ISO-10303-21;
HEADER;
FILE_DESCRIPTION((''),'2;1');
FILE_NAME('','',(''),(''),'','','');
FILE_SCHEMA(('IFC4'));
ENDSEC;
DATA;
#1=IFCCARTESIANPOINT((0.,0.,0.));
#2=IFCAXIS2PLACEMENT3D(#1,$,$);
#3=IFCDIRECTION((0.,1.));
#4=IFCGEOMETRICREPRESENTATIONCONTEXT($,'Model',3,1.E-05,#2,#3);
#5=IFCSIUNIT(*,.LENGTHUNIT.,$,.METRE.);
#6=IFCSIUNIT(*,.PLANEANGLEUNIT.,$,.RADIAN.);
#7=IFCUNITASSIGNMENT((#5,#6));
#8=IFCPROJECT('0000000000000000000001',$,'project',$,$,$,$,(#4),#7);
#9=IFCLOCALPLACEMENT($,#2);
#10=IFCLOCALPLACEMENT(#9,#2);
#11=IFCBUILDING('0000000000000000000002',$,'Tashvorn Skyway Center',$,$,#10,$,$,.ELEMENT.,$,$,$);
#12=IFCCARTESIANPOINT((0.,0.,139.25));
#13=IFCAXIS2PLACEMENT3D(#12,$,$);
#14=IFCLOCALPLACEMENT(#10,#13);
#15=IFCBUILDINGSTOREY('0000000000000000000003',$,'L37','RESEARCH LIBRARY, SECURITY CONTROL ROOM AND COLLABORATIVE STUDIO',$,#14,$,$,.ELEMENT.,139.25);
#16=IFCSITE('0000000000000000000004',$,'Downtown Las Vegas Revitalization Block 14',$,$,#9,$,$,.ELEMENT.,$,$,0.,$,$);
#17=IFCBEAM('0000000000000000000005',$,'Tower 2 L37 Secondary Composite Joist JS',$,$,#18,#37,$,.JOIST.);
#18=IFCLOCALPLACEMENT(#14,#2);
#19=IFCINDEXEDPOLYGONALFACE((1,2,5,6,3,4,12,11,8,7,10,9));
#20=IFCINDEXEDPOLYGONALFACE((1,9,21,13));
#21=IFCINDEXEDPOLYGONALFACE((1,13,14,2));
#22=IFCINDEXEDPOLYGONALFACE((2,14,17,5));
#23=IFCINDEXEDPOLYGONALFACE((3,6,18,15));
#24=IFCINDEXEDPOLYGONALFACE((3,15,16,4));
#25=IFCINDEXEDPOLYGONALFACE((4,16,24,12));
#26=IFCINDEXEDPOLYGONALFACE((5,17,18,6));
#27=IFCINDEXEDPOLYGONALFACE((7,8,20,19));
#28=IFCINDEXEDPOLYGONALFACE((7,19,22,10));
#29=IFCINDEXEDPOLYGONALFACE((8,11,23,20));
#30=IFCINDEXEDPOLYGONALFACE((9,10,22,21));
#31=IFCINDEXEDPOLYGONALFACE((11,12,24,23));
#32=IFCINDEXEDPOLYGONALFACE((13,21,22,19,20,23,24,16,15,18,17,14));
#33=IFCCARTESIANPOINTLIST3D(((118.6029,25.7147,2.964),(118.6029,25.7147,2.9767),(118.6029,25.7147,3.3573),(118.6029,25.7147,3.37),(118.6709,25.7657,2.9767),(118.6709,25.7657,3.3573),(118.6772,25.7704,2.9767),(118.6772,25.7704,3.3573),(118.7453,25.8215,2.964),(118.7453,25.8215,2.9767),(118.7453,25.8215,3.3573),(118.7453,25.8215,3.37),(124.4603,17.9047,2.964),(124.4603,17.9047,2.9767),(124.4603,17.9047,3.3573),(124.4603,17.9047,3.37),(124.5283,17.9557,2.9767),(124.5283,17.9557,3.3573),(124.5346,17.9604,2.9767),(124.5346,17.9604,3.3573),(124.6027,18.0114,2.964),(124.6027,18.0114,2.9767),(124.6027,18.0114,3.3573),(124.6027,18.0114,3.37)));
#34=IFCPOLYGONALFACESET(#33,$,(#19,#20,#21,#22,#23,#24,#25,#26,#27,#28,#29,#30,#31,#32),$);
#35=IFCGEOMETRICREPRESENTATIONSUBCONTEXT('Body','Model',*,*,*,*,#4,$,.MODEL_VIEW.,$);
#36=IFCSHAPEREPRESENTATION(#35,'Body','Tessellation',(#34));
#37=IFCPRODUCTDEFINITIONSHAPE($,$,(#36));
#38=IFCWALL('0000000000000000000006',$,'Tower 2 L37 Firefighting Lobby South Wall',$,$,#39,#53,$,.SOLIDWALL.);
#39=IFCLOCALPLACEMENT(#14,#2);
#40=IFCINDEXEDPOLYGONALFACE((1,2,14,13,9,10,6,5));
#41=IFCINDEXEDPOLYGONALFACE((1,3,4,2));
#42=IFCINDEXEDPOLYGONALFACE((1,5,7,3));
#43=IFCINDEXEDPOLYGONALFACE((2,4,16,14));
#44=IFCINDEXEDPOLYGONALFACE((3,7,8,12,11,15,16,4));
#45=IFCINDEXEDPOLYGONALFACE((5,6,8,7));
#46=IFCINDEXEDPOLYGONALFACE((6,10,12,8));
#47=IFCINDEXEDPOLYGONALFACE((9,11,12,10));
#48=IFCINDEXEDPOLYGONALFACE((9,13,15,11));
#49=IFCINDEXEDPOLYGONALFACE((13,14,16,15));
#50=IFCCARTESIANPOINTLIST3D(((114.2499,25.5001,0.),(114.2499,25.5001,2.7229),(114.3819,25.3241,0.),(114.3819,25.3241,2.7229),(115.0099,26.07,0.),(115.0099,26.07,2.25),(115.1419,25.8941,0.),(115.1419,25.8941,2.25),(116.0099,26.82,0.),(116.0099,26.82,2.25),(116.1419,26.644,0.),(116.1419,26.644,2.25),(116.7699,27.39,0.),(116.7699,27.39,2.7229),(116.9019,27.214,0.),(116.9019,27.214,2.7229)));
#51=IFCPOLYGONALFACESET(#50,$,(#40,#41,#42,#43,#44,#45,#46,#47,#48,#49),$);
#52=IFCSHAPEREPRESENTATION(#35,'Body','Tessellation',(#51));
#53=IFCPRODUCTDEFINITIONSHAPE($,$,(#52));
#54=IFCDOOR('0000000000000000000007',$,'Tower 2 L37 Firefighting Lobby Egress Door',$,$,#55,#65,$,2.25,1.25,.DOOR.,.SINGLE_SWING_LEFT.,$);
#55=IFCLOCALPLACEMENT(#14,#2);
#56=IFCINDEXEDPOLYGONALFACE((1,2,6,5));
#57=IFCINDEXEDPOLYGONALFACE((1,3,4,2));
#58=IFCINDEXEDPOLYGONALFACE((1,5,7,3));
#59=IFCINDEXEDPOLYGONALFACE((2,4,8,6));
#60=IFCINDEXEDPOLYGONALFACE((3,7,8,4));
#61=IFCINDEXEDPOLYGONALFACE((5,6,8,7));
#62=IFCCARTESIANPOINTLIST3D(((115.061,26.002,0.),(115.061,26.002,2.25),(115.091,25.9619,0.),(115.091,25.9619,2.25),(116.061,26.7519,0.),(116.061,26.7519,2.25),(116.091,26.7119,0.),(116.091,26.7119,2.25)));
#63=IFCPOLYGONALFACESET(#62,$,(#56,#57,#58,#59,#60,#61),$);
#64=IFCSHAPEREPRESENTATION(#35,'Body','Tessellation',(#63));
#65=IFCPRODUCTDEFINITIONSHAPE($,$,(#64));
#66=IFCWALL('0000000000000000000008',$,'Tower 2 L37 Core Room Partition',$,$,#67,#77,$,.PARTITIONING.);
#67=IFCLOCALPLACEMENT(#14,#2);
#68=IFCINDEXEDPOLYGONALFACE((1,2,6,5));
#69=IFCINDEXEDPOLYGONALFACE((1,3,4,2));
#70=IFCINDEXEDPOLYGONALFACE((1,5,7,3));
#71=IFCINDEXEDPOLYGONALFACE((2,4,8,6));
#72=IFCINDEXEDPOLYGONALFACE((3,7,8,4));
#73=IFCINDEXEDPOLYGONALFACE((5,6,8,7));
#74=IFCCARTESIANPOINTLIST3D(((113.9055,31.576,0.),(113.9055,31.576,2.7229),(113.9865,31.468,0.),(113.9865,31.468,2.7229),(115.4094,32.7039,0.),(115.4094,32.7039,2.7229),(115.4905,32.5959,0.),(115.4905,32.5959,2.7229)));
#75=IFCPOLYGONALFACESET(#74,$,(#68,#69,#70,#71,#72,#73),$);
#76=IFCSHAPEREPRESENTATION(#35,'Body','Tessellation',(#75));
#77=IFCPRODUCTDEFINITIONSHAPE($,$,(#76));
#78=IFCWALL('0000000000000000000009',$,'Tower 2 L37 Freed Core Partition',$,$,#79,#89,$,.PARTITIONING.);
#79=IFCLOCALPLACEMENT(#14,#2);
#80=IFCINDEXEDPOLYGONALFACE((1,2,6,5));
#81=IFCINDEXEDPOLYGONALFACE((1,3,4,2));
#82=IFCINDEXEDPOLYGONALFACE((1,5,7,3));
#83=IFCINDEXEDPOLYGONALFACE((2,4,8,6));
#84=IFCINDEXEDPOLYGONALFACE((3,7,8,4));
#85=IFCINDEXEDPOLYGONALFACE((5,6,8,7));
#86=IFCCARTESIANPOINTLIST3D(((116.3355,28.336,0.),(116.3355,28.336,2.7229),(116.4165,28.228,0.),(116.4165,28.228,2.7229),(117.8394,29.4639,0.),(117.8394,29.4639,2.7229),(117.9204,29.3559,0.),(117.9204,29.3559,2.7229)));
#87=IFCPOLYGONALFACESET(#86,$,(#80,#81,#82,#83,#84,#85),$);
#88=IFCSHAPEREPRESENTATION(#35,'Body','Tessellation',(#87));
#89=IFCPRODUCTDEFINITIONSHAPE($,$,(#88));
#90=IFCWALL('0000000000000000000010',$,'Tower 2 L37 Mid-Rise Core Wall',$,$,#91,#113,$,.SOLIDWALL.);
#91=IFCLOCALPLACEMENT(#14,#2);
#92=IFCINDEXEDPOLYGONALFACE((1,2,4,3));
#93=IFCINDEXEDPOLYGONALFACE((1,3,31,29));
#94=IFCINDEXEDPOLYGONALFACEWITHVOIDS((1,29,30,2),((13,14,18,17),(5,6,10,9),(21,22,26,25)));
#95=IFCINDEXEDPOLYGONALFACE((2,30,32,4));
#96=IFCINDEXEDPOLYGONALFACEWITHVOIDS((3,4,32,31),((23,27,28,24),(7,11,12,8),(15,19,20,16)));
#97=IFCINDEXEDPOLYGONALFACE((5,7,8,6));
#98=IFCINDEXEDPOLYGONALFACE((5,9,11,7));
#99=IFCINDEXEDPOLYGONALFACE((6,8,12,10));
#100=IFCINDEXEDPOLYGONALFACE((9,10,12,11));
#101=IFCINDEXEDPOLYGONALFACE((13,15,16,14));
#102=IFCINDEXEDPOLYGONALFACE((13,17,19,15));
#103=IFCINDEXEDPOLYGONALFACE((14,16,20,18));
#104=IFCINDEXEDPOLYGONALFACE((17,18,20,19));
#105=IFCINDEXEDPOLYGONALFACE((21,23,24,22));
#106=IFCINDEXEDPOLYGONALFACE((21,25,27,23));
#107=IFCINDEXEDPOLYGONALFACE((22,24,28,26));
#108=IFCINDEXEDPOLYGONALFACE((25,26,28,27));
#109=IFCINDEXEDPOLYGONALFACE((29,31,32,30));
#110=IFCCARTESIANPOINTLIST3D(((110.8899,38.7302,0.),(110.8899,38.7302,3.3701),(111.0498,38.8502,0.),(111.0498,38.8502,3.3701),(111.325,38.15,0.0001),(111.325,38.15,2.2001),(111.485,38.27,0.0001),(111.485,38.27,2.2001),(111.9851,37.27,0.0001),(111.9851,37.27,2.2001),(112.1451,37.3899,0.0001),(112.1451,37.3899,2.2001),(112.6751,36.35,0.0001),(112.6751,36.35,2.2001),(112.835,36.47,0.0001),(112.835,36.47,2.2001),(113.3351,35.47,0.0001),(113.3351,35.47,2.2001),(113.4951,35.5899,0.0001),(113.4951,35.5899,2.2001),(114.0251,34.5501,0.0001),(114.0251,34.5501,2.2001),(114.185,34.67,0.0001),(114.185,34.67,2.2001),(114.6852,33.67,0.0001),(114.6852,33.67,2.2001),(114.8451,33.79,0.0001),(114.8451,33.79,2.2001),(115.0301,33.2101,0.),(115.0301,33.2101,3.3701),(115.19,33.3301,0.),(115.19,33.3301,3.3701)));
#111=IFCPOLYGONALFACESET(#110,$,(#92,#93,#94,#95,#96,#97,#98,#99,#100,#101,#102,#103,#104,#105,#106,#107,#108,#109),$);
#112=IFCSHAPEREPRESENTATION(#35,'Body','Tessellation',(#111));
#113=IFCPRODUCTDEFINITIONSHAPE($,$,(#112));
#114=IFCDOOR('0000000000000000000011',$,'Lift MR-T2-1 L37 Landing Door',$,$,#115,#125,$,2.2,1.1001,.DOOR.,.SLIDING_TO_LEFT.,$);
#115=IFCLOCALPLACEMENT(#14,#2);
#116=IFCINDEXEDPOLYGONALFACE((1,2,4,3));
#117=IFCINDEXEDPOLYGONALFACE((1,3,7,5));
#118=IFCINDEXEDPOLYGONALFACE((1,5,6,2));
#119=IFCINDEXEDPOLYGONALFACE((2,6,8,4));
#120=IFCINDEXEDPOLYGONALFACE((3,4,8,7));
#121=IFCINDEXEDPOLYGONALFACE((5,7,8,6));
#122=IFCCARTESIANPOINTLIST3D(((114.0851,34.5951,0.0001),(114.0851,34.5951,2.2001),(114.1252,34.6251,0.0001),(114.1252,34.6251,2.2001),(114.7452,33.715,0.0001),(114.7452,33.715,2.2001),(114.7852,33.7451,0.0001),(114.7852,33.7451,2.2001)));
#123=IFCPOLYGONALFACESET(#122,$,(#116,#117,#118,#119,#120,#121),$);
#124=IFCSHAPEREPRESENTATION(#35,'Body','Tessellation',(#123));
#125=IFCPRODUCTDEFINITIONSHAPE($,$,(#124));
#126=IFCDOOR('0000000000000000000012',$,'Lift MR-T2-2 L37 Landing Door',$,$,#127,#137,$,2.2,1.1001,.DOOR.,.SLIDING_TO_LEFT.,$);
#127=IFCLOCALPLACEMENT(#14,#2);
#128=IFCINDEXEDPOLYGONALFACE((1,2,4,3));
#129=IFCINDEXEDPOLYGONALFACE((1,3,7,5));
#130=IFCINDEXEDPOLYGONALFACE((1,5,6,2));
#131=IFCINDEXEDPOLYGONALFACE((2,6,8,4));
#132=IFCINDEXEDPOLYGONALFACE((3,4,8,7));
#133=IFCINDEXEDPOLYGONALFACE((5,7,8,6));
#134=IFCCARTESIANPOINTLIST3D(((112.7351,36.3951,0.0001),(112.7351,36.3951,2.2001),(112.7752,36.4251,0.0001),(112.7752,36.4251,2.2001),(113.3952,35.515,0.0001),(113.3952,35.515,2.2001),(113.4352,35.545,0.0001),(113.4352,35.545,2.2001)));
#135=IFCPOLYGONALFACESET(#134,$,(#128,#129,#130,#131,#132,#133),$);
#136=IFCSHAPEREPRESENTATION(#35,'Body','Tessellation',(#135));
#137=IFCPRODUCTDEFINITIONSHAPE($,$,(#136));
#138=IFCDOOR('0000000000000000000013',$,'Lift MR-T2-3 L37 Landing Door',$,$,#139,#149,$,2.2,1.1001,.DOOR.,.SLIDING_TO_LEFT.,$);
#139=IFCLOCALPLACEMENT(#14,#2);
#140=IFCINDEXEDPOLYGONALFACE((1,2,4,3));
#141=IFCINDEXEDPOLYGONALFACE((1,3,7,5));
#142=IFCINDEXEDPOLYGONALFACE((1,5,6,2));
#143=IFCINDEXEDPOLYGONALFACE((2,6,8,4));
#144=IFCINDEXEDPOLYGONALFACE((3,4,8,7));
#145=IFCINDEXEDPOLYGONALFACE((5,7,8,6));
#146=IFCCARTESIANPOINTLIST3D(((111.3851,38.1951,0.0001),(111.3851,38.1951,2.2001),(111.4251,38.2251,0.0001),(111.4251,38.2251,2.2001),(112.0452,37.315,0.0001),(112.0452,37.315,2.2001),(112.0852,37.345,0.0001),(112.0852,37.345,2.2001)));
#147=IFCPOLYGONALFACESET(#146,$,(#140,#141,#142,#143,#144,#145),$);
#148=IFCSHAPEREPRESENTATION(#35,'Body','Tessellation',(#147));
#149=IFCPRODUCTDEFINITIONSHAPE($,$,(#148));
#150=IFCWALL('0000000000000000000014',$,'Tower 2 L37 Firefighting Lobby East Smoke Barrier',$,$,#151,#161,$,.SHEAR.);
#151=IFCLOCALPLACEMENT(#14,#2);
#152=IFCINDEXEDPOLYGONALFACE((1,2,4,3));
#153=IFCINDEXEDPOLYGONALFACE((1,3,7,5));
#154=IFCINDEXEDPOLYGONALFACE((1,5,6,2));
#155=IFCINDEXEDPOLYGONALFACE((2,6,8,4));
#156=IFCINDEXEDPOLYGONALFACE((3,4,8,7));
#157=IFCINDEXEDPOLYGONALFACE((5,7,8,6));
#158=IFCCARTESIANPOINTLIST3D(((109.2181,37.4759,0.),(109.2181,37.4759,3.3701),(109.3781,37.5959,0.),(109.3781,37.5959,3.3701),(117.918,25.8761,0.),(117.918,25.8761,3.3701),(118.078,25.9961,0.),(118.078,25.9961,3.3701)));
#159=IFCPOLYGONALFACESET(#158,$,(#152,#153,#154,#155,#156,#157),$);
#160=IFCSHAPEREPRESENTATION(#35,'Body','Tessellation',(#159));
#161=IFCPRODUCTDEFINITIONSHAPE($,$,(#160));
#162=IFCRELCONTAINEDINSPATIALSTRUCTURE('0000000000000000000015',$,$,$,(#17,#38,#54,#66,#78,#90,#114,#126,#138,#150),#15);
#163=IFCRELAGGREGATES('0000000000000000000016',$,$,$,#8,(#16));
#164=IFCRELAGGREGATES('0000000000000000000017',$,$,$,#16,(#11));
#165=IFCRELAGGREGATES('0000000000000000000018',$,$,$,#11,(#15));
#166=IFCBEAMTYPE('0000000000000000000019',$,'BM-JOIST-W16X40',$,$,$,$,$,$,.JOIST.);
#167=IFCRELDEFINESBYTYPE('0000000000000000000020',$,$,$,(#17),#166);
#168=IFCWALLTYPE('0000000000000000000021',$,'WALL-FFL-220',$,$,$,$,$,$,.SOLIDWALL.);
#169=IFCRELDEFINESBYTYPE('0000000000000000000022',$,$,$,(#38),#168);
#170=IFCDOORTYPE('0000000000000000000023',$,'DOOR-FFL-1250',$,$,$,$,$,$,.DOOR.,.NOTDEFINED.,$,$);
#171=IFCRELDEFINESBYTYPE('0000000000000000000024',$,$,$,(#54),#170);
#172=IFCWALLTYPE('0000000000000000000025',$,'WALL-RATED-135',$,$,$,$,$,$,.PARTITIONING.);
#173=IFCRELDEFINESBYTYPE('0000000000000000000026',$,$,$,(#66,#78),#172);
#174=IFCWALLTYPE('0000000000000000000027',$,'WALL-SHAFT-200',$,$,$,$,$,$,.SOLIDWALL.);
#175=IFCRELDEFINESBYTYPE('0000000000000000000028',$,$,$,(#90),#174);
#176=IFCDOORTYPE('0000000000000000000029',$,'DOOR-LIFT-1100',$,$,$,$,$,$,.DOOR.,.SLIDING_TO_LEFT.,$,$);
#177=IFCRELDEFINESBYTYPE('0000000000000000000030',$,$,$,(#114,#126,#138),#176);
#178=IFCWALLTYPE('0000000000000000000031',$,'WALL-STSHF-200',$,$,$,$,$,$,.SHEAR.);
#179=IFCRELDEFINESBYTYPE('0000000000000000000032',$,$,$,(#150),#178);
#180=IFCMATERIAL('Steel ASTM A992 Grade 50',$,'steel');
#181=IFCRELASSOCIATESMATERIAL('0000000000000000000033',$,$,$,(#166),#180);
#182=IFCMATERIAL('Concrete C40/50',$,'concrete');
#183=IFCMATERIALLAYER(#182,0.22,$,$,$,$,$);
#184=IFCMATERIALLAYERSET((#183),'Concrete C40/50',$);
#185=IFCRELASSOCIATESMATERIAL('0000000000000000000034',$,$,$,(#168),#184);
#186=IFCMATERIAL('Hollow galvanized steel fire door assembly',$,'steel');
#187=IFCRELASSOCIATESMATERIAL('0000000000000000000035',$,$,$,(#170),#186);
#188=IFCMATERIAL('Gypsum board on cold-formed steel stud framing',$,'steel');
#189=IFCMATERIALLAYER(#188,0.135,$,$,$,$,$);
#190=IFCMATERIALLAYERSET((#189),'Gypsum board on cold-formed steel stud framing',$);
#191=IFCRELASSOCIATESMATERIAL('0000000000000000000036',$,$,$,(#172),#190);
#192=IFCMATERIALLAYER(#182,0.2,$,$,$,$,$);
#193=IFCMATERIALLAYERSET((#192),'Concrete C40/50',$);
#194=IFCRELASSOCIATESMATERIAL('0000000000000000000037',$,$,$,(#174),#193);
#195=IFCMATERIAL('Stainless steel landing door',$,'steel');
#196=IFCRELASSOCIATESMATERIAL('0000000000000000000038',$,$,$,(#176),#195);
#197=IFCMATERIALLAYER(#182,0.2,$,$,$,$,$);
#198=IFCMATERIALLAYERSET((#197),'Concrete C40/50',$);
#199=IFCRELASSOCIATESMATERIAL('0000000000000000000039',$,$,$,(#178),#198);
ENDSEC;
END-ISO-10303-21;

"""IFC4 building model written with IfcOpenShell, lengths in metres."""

from ifc_helpers import new_model, si_unit, direction, frame, frame_2d, origin, origin_2d, place, context, subcontext, project, spatial, rectangle, i_section, extrude, material, layer, layer_set, material_profile, profile_set, type_object, element, fill, save


model = new_model("IFC4")

# Units and contexts
model_context = context("Model", 3, precision=1e-05, world=origin(), true_north=direction((0.0, 1.0)))
body_context = subcontext(model_context, "Body", "Model", "MODEL_VIEW")
ifc_project = project(units=[si_unit("LENGTHUNIT", "METRE"), si_unit("PLANEANGLEUNIT", "RADIAN")], contexts=[model_context])

# Site, building, storey
site_placement = place(None, origin())
site = spatial("IfcSite", under=ifc_project, at=site_placement, Name="Downtown Las Vegas Revitalization Block 14", CompositionType="ELEMENT", RefElevation=0.0)
building_placement = place(site_placement, origin())
building = spatial("IfcBuilding", under=site, at=building_placement, Name="Tashvorn Skyway Center", CompositionType="ELEMENT")
storey_placement = place(building_placement, frame((0.0, 0.0, 139.25)))
storey = spatial("IfcBuildingStorey", under=building, at=storey_placement, Name="L37", Description="RESEARCH LIBRARY, SECURITY CONTROL ROOM AND COLLABORATIVE STUDIO", CompositionType="ELEMENT", Elevation=139.25)

# Beam
ifc_material_1 = material(Name="Steel ASTM A992 Grade 50", Category="steel")
ifc_material_profile = material_profile(ifc_material_1, i_section(OverallWidth=0.178, OverallDepth=0.406, WebThickness=0.0078, FlangeThickness=0.0127, at=origin_2d()), Name="W16X40")
ifc_profile_set = profile_set([ifc_material_profile], Name="Steel ASTM A992 Grade 50")
beam_type = type_object("IfcBeamType", Name="BM-JOIST-W16X40", PredefinedType="JOIST", material=ifc_profile_set)
beam_placement = place(storey_placement, frame((118.6741, 25.7681, 3.167), z_axis=(0.599992, -0.800006, 0.0), x_axis=(0.800006, 0.599992, 0.0)))
element("IfcBeam", 1, at=beam_placement, inside=storey, type_object=beam_type, Name="Tower 2 L37 Secondary Composite Joist JS", PredefinedType="JOIST", context=body_context, shape_type="SweptSolid", body=[
    extrude(i_section(OverallWidth=0.178, OverallDepth=0.406, WebThickness=0.0078, FlangeThickness=0.0127, at=origin_2d()), origin(), (0.0, 0.0, 1.0), 9.7625),
])

# Wall, opening, door
ifc_material_2 = material(Name="Concrete C40/50", Category="concrete")
ifc_layer_1 = layer(ifc_material_2, 0.22)
ifc_layer_set_1 = layer_set([ifc_layer_1], Name="Concrete C40/50")
wall_type_1 = type_object("IfcWallType", Name="WALL-FFL-220", PredefinedType="SOLIDWALL", material=ifc_layer_set_1)
wall_1_placement = place(storey_placement, frame((114.3159, 25.4121, 0.0), z_axis=(0.0, 0.0, 1.0), x_axis=(0.800019, 0.599975, 0.0)))
wall_1 = element("IfcWall", 2, at=wall_1_placement, inside=storey, type_object=wall_type_1, Name="Tower 2 L37 Firefighting Lobby South Wall", PredefinedType="SOLIDWALL", context=body_context, shape_type="SweptSolid", body=[
    extrude(rectangle(XDim=3.1499, YDim=0.22, at=frame_2d((1.575, 0.0))), origin(), (0.0, 0.0, 1.0), 2.7229),
])
opening_1_placement = place(wall_1_placement, frame((0.95, 0.0, 0.0)))
opening_1 = element("IfcOpeningElement", 3, at=opening_1_placement, cuts=wall_1, PredefinedType="OPENING", context=body_context, shape_type="SweptSolid", body=[
    extrude(rectangle(XDim=1.25, YDim=2.25, at=frame_2d((0.625, 1.125))), frame((0.0, 0.1199, 0.0), z_axis=(0.0, -1.0, 0.0), x_axis=(1.0, 0.0, 0.0)), (0.0, 0.0, 1.0), 0.24),
])
ifc_material_3 = material(Name="Hollow galvanized steel fire door assembly", Category="steel")
door_type_1 = type_object("IfcDoorType", Name="DOOR-FFL-1250", OperationType="NOTDEFINED", PredefinedType="DOOR", material=ifc_material_3)
door_1_placement = place(opening_1_placement, origin())
door_1 = element("IfcDoor", 4, at=door_1_placement, inside=storey, type_object=door_type_1, Name="Tower 2 L37 Firefighting Lobby Egress Door", OperationType="SINGLE_SWING_LEFT", OverallHeight=2.25, OverallWidth=1.25, PredefinedType="DOOR", context=body_context, shape_type="SweptSolid", body=[
    extrude(rectangle(XDim=1.25, YDim=2.25, at=frame_2d((0.625, 1.125))), frame((0.0, 0.0249, 0.0), z_axis=(0.0, -1.0, 0.0), x_axis=(1.0, 0.0, 0.0)), (0.0, 0.0, 1.0), 0.05),
])
fill(opening_1, door_1)

# Walls
ifc_material_4 = material(Name="Gypsum board on cold-formed steel stud framing", Category="steel")
ifc_layer_2 = layer(ifc_material_4, 0.135)
ifc_layer_set_2 = layer_set([ifc_layer_2], Name="Gypsum board on cold-formed steel stud framing")
wall_type_2 = type_object("IfcWallType", Name="WALL-RATED-135", PredefinedType="PARTITIONING", material=ifc_layer_set_2)
for number, where, z_axis, x_axis, name in (
    (5, (113.946, 31.522, 0.0), (0.0, 0.0, 1.0), (0.8, 0.6, 0.0), "Tower 2 L37 Core Room Partition"),
    (6, (116.376, 28.282, 0.0), (0.0, 0.0, 1.0), (0.8, 0.6, 0.0), "Tower 2 L37 Freed Core Partition"),
):
    element("IfcWall", number, at=place(storey_placement, frame(where, z_axis=z_axis, x_axis=x_axis)), inside=storey, type_object=wall_type_2, Name=name, PredefinedType="PARTITIONING", context=body_context, shape_type="SweptSolid", body=[
        extrude(rectangle(XDim=1.8799, YDim=0.135, at=frame_2d((0.9399, 0.0))), origin(), (0.0, 0.0, 1.0), 2.7229),
    ])

# Wall, openings, doors
ifc_layer_3 = layer(ifc_material_2, 0.2)
ifc_layer_set_3 = layer_set([ifc_layer_3], Name="Concrete C40/50")
wall_type_3 = type_object("IfcWallType", Name="WALL-SHAFT-200", PredefinedType="SOLIDWALL", material=ifc_layer_set_3)
wall_2_placement = place(storey_placement, frame((115.1101, 33.27, 0.0), z_axis=(0.0, 0.0, 1.0), x_axis=(-0.600011, 0.799992, 0.0)))
wall_2 = element("IfcWall", 7, at=wall_2_placement, inside=storey, type_object=wall_type_3, Name="Tower 2 L37 Mid-Rise Core Wall", PredefinedType="SOLIDWALL", context=body_context, shape_type="SweptSolid", body=[
    extrude(rectangle(XDim=6.9001, YDim=0.2, at=frame_2d((3.4502, 0.0))), origin(), (0.0, 0.0, 1.0), 3.3701),
])
opening_2_placement = place(wall_2_placement, frame((0.575, 0.0, 0.0)))
opening_2 = element("IfcOpeningElement", 8, at=opening_2_placement, cuts=wall_2, PredefinedType="OPENING", context=body_context, shape_type="SweptSolid", body=[
    extrude(rectangle(XDim=1.1001, YDim=2.2, at=frame_2d((0.55, 1.1001))), frame((0.0, 0.1099, 0.0), z_axis=(0.0, -1.0, 0.0), x_axis=(1.0, 0.0, 0.0)), (0.0, 0.0, 1.0), 0.22),
])
opening_3_placement = place(wall_2_placement, frame((2.825, 0.0, 0.0)))
opening_3 = element("IfcOpeningElement", 9, at=opening_3_placement, cuts=wall_2, PredefinedType="OPENING", context=body_context, shape_type="SweptSolid", body=[
    extrude(rectangle(XDim=1.1001, YDim=2.2, at=frame_2d((0.55, 1.1001))), frame((0.0, 0.1099, 0.0), z_axis=(0.0, -1.0, 0.0), x_axis=(1.0, 0.0, 0.0)), (0.0, 0.0, 1.0), 0.22),
])
opening_4_placement = place(wall_2_placement, frame((5.075, 0.0, 0.0)))
opening_4 = element("IfcOpeningElement", 10, at=opening_4_placement, cuts=wall_2, PredefinedType="OPENING", context=body_context, shape_type="SweptSolid", body=[
    extrude(rectangle(XDim=1.1001, YDim=2.2, at=frame_2d((0.55, 1.1001))), frame((0.0, 0.1099, 0.0), z_axis=(0.0, -1.0, 0.0), x_axis=(1.0, 0.0, 0.0)), (0.0, 0.0, 1.0), 0.22),
])
ifc_material_5 = material(Name="Stainless steel landing door", Category="steel")
door_type_2 = type_object("IfcDoorType", Name="DOOR-LIFT-1100", OperationType="SLIDING_TO_LEFT", PredefinedType="DOOR", material=ifc_material_5)
door_2_placement = place(opening_2_placement, origin())
door_2 = element("IfcDoor", 11, at=door_2_placement, inside=storey, type_object=door_type_2, Name="Lift MR-T2-1 L37 Landing Door", OperationType="SLIDING_TO_LEFT", OverallHeight=2.2, OverallWidth=1.1001, PredefinedType="DOOR", context=body_context, shape_type="SweptSolid", body=[
    extrude(rectangle(XDim=1.1001, YDim=2.2, at=frame_2d((0.55, 1.1001))), frame((0.0, 0.0249, 0.0), z_axis=(0.0, -1.0, 0.0), x_axis=(1.0, 0.0, 0.0)), (0.0, 0.0, 1.0), 0.05),
])
fill(opening_2, door_2)
door_3_placement = place(opening_3_placement, origin())
door_3 = element("IfcDoor", 12, at=door_3_placement, inside=storey, type_object=door_type_2, Name="Lift MR-T2-2 L37 Landing Door", OperationType="SLIDING_TO_LEFT", OverallHeight=2.2, OverallWidth=1.1001, PredefinedType="DOOR", context=body_context, shape_type="SweptSolid", body=[
    extrude(rectangle(XDim=1.1001, YDim=2.2, at=frame_2d((0.55, 1.1001))), frame((0.0, 0.0249, 0.0), z_axis=(0.0, -1.0, 0.0), x_axis=(1.0, 0.0, 0.0)), (0.0, 0.0, 1.0), 0.05),
])
fill(opening_3, door_3)
door_4_placement = place(opening_4_placement, origin())
door_4 = element("IfcDoor", 13, at=door_4_placement, inside=storey, type_object=door_type_2, Name="Lift MR-T2-3 L37 Landing Door", OperationType="SLIDING_TO_LEFT", OverallHeight=2.2, OverallWidth=1.1001, PredefinedType="DOOR", context=body_context, shape_type="SweptSolid", body=[
    extrude(rectangle(XDim=1.1001, YDim=2.2, at=frame_2d((0.55, 1.1001))), frame((0.0, 0.0249, 0.0), z_axis=(0.0, -1.0, 0.0), x_axis=(1.0, 0.0, 0.0)), (0.0, 0.0, 1.0), 0.05),
])
fill(opening_4, door_4)

# Wall
ifc_layer_4 = layer(ifc_material_2, 0.2)
ifc_layer_set_4 = layer_set([ifc_layer_4], Name="Concrete C40/50")
wall_type_4 = type_object("IfcWallType", Name="WALL-STSHF-200", PredefinedType="SHEAR", material=ifc_layer_set_4)
wall_3_placement = place(storey_placement, frame((117.998, 25.936, 0.0), z_axis=(0.0, 0.0, 1.0), x_axis=(-0.600003, 0.799998, 0.0)))
element("IfcWall", 14, at=wall_3_placement, inside=storey, type_object=wall_type_4, Name="Tower 2 L37 Firefighting Lobby East Smoke Barrier", PredefinedType="SHEAR", context=body_context, shape_type="SweptSolid", body=[
    extrude(rectangle(XDim=14.4998, YDim=0.2, at=frame_2d((7.25, 0.0))), origin(), (0.0, 0.0, 1.0), 3.3701),
])

save(model, "model.ifc")
